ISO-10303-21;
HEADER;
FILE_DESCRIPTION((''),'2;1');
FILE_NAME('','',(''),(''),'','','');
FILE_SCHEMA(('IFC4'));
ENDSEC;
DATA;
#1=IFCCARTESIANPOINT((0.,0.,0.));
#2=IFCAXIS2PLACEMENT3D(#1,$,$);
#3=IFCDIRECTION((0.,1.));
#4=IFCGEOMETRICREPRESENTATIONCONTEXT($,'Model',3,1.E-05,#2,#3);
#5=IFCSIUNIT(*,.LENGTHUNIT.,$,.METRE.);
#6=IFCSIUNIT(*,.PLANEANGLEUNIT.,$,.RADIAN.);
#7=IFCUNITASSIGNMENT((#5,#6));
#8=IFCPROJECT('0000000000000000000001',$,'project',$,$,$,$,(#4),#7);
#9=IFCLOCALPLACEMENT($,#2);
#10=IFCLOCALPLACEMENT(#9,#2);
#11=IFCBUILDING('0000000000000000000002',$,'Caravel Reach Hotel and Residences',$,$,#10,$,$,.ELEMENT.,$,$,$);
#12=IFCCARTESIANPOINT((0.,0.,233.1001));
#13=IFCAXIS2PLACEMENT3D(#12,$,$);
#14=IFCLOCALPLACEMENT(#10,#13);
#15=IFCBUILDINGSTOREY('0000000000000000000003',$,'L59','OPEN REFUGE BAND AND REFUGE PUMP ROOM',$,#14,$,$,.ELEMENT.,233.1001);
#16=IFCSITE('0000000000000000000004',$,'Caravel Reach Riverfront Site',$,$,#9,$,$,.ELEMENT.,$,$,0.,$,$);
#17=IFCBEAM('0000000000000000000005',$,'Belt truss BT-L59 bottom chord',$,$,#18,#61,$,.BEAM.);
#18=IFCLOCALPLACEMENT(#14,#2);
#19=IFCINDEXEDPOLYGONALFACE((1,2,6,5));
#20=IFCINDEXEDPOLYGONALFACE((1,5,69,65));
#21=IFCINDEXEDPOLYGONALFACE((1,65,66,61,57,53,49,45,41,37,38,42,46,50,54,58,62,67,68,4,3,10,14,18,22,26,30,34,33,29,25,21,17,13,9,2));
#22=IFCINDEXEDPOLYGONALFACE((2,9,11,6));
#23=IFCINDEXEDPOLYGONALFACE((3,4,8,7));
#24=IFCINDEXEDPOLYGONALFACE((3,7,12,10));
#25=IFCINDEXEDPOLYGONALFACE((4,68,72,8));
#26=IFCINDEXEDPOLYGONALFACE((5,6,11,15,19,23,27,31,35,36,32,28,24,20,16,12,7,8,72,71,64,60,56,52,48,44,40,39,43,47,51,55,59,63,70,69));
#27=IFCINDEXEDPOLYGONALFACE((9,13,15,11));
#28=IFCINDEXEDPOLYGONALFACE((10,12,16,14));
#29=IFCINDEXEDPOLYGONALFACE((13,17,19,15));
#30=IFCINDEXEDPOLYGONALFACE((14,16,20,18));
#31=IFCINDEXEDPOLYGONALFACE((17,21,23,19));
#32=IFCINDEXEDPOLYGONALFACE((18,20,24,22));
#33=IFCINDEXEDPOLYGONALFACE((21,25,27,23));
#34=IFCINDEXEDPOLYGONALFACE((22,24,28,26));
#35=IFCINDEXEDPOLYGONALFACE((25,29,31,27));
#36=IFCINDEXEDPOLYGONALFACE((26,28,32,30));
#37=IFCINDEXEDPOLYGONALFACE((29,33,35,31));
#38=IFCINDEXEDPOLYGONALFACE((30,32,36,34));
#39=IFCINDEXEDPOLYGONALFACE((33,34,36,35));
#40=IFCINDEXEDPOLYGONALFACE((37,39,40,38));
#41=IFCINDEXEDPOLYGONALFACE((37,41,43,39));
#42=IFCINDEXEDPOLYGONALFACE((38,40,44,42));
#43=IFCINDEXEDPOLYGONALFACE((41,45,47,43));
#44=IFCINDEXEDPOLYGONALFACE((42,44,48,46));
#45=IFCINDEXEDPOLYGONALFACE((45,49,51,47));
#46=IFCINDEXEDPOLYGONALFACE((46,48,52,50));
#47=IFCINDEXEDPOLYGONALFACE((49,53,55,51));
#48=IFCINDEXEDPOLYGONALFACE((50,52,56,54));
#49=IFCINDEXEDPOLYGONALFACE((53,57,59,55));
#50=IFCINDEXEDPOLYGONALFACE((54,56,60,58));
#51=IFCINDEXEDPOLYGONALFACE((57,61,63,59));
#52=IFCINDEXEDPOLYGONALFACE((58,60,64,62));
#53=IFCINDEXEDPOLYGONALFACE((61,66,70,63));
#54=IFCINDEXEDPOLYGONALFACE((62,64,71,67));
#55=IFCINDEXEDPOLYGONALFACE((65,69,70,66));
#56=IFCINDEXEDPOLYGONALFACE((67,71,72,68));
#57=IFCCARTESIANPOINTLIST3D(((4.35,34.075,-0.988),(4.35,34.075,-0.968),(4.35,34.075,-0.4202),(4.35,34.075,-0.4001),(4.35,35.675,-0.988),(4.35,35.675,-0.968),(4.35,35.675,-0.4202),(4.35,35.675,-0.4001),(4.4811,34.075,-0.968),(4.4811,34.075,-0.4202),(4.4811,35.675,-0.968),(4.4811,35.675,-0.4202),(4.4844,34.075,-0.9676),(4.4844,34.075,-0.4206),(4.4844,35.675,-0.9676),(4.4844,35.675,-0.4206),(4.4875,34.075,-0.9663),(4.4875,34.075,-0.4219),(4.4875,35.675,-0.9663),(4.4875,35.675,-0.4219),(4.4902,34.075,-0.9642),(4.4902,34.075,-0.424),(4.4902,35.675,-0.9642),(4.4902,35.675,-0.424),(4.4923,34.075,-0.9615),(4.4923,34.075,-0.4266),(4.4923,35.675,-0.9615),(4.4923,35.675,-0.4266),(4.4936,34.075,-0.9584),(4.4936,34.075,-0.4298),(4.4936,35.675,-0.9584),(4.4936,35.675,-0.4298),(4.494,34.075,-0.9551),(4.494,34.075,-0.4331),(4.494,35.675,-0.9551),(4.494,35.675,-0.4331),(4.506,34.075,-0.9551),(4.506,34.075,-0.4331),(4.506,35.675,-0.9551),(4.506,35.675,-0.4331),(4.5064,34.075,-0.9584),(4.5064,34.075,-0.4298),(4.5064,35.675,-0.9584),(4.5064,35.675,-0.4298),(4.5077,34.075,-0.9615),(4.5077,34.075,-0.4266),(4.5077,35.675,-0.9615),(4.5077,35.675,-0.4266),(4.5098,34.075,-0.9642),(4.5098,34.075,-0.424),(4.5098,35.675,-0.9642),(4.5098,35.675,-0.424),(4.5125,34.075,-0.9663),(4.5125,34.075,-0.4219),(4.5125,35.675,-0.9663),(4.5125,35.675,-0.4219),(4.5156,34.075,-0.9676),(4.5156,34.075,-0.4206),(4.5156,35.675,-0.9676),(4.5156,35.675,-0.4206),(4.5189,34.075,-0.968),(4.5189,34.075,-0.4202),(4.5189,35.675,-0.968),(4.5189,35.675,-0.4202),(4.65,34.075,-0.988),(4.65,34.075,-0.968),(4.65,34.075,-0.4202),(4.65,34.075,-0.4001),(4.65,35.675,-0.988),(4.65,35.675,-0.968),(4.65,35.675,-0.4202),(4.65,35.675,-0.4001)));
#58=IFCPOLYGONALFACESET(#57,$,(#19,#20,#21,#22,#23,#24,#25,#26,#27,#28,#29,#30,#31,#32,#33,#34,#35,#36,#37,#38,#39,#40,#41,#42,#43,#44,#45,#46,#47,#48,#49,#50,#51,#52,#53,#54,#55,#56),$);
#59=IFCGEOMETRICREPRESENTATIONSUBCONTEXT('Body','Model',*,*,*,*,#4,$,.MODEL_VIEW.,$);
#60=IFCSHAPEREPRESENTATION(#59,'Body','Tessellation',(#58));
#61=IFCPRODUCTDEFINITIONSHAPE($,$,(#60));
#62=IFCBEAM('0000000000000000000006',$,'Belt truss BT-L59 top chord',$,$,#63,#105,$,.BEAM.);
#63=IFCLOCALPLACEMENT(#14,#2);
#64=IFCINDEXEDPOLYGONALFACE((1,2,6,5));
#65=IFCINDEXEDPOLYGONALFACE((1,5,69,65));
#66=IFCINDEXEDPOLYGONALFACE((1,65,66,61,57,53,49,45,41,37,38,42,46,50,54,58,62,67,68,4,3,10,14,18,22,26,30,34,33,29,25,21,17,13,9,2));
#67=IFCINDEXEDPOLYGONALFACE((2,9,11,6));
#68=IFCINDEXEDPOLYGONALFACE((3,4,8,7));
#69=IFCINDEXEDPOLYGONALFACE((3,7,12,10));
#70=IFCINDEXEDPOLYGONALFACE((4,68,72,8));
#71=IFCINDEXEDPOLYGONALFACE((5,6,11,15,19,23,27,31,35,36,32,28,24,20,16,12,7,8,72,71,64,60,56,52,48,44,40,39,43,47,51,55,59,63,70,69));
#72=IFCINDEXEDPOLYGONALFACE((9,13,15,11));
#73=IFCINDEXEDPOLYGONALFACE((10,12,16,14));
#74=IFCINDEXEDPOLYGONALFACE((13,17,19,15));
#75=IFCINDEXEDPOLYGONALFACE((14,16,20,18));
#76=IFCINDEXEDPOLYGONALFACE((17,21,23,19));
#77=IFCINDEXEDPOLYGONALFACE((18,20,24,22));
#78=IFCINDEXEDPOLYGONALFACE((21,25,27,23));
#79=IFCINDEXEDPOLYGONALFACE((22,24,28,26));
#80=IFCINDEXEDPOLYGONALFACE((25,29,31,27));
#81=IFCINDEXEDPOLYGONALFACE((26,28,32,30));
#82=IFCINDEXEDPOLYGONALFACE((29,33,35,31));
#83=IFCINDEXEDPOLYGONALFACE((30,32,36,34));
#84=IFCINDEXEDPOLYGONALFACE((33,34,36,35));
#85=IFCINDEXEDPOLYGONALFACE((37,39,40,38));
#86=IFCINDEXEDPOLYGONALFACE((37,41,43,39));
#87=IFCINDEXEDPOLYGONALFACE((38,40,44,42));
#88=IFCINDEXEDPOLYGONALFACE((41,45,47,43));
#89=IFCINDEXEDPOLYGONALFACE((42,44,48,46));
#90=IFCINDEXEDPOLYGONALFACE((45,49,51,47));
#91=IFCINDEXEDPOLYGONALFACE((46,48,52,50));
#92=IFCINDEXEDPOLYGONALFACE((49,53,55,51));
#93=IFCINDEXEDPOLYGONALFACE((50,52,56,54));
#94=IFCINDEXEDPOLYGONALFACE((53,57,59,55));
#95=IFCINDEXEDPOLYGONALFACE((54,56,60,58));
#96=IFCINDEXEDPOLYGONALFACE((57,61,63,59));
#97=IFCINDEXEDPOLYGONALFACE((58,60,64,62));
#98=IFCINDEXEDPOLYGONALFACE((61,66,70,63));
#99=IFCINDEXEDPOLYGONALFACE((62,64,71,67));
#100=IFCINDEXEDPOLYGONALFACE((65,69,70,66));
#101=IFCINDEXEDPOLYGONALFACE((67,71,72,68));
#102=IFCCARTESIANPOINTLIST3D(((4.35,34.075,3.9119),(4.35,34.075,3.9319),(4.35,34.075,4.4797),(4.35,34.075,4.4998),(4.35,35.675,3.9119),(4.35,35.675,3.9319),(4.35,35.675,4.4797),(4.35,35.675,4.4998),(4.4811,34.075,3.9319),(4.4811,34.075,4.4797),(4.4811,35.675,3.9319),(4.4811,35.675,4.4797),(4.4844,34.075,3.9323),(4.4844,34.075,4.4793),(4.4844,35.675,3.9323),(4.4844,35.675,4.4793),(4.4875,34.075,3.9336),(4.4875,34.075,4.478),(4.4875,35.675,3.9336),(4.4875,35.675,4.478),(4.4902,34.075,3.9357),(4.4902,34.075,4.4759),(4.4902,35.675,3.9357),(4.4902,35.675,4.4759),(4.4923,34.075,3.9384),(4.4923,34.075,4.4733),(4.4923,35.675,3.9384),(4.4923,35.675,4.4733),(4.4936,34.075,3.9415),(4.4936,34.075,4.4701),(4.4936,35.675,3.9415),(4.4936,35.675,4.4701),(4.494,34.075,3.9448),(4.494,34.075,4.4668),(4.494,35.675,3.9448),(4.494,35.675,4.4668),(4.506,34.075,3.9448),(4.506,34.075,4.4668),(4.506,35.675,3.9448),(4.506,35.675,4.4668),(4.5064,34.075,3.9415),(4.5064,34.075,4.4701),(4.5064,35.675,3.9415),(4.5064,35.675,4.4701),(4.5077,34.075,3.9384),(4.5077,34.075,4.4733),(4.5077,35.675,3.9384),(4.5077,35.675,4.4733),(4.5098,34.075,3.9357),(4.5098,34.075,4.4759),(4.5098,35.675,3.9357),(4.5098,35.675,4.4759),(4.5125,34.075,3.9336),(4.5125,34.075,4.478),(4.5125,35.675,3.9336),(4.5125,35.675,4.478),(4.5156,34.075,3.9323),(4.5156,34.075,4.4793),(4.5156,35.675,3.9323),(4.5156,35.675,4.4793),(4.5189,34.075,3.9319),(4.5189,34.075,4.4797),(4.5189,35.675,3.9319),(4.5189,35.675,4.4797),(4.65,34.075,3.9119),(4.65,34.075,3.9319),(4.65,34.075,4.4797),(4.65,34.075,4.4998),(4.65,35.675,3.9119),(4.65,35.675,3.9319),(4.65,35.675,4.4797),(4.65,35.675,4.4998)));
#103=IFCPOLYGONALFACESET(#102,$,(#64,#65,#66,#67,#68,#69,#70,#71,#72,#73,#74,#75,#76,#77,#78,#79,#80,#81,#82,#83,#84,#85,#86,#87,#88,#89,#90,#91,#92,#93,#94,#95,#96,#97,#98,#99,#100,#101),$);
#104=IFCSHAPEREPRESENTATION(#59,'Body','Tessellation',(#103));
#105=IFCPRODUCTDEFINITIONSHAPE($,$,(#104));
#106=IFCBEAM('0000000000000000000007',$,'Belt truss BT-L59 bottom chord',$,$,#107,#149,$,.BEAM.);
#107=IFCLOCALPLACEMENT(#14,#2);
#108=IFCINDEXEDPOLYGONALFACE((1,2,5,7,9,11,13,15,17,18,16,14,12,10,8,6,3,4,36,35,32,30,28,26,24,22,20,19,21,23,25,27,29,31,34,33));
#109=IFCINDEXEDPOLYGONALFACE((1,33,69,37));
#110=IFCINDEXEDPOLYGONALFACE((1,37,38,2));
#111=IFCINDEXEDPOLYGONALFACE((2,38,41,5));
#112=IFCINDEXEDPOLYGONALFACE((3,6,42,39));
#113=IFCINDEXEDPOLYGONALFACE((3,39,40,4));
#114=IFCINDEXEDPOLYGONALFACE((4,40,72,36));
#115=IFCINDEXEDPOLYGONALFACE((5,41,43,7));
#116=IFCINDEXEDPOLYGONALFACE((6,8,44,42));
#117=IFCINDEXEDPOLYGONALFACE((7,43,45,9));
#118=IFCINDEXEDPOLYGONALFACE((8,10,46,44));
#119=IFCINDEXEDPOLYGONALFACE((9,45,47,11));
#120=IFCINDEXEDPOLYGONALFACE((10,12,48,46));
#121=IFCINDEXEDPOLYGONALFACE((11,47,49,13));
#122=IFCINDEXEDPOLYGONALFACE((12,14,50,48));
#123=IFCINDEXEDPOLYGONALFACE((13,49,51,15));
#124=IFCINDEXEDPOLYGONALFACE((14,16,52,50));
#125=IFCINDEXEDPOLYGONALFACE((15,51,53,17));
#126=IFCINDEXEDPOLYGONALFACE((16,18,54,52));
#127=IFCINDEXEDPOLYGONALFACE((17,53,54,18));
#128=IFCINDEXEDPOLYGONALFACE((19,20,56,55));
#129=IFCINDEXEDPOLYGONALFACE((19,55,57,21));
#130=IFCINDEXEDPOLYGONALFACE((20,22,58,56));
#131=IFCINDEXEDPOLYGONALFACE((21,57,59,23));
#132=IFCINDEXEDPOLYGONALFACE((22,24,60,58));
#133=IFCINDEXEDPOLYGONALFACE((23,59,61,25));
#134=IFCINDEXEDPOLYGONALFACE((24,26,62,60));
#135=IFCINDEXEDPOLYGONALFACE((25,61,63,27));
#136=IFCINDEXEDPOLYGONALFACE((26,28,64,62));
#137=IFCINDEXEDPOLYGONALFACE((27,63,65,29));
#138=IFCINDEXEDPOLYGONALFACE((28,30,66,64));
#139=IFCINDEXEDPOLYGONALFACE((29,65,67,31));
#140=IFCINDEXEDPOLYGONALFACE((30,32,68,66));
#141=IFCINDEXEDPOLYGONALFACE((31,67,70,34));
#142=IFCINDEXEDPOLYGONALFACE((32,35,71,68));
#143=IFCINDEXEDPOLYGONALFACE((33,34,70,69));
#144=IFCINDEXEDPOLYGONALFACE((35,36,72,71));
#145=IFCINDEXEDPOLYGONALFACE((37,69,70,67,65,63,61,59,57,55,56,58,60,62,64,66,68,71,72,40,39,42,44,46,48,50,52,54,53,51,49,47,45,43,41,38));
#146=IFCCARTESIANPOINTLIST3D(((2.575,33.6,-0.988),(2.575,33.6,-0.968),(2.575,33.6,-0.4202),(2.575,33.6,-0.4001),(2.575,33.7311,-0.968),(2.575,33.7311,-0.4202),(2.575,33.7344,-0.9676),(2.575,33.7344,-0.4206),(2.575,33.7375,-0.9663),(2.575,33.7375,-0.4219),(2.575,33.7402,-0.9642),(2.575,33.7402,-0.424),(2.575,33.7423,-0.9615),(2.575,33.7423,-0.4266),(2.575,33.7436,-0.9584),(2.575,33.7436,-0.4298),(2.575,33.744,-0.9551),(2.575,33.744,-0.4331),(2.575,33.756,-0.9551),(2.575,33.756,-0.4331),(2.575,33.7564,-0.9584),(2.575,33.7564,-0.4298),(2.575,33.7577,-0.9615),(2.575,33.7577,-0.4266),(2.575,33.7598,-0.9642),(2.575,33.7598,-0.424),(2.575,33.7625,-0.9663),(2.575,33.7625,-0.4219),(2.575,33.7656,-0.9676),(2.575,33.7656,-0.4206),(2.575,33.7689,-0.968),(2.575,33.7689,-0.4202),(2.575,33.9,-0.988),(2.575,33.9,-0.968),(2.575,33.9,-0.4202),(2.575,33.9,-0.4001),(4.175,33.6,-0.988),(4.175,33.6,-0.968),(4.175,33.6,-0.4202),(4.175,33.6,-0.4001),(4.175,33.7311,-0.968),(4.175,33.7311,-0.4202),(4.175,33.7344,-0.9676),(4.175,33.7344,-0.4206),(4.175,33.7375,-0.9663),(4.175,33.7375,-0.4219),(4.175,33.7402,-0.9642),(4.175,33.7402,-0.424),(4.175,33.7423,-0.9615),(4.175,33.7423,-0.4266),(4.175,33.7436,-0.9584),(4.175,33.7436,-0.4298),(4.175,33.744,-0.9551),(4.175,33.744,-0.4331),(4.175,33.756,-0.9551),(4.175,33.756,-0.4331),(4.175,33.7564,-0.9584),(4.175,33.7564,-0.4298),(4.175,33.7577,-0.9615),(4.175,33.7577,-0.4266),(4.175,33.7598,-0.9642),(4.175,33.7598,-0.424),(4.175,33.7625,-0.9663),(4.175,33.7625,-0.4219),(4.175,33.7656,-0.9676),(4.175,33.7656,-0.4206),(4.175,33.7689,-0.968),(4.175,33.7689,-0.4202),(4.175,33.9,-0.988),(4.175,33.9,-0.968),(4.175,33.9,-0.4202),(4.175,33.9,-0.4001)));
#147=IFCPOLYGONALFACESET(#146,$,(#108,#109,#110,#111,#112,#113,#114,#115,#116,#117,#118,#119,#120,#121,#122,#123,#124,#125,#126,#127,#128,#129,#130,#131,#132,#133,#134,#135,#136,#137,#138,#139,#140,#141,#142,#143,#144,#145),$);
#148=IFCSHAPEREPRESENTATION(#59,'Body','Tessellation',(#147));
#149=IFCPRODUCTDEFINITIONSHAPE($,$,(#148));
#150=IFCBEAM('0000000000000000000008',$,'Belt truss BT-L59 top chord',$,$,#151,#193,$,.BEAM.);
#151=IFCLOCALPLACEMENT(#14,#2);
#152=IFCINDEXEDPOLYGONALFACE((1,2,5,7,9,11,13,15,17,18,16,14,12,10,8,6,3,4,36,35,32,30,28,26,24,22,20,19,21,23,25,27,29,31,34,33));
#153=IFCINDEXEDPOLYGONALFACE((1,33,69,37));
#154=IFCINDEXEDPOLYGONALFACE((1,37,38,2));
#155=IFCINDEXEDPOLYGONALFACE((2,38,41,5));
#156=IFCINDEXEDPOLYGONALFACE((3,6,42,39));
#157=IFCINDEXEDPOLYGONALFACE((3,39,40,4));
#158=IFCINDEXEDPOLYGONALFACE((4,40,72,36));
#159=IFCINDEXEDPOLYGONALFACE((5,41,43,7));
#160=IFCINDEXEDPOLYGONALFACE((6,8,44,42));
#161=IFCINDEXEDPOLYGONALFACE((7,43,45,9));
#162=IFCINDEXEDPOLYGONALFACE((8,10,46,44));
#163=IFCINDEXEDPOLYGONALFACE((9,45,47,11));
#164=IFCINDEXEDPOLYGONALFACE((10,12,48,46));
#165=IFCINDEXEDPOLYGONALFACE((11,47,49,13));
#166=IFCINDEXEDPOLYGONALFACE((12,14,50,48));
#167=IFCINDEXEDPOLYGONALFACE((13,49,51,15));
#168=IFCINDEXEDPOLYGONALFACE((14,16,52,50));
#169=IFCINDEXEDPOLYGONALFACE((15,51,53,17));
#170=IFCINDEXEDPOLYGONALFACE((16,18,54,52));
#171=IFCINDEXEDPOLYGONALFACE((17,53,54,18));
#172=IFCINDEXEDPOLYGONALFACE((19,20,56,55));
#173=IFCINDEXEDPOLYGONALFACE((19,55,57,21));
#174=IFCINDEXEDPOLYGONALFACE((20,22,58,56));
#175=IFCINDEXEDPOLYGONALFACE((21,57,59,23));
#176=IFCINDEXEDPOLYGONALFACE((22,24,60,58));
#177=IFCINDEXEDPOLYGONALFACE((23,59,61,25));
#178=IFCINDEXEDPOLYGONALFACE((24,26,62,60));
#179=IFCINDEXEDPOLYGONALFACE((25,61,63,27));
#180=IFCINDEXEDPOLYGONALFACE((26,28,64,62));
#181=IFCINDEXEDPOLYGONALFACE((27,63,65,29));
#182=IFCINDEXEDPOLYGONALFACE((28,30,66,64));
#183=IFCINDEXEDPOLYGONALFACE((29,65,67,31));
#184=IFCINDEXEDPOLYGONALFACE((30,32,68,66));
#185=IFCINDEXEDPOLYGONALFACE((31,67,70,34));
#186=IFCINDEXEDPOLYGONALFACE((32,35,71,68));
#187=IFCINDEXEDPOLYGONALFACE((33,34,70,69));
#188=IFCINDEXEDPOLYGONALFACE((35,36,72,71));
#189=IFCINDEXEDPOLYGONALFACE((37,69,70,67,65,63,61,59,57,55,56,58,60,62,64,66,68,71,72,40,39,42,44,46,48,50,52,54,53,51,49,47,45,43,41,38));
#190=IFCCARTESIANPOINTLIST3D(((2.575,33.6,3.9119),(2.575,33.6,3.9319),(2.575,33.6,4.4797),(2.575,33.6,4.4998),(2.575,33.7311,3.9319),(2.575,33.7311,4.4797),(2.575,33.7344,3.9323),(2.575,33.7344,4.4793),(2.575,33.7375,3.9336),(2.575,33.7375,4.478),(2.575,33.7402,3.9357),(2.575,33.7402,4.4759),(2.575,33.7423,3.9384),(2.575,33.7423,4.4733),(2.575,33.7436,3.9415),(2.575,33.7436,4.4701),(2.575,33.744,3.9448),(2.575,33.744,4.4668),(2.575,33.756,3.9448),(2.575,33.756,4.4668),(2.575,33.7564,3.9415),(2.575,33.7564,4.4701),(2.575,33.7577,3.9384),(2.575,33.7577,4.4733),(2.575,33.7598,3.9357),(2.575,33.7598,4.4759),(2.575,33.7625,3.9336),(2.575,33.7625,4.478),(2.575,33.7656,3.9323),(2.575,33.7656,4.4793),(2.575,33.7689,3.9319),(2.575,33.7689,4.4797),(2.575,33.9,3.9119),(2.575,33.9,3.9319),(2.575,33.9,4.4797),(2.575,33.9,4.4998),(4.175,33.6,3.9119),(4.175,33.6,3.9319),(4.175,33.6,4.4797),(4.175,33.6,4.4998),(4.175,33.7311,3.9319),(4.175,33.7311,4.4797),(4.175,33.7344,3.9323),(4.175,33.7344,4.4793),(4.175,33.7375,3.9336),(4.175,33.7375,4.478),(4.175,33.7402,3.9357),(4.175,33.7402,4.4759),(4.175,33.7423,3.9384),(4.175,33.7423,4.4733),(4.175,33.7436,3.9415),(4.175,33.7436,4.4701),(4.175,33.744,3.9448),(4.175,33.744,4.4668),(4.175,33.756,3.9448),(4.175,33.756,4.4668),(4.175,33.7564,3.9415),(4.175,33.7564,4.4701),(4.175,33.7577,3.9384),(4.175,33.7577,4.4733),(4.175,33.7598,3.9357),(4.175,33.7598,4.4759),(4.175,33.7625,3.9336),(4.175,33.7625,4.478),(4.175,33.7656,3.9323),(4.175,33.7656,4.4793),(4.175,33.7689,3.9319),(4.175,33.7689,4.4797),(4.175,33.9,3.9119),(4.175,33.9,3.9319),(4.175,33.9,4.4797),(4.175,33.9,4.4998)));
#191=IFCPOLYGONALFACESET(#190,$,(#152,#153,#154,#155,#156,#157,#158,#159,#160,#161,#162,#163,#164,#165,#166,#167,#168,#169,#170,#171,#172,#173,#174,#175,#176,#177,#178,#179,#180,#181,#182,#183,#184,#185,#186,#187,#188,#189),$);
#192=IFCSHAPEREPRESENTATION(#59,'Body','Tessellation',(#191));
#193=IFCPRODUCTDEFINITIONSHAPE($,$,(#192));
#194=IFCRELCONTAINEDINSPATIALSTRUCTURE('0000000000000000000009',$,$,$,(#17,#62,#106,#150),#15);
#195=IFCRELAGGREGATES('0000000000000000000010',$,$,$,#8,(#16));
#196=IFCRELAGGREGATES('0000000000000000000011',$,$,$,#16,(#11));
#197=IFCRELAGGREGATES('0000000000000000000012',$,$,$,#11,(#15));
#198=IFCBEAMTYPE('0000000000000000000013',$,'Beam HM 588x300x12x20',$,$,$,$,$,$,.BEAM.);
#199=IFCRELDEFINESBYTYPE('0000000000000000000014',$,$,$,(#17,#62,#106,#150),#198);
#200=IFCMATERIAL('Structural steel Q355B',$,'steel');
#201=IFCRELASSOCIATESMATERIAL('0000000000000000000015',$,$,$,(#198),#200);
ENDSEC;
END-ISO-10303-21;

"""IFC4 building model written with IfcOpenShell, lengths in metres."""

from ifc_helpers import new_model, si_unit, direction, frame, origin, origin_2d, place, context, subcontext, project, spatial, i_section, extrude, material, material_profile, profile_set, type_object, element, save


model = new_model("IFC4")

# Units and contexts
model_context = context("Model", 3, precision=1e-05, world=origin(), true_north=direction((0.0, 1.0)))
body_context = subcontext(model_context, "Body", "Model", "MODEL_VIEW")
ifc_project = project(units=[si_unit("LENGTHUNIT", "METRE"), si_unit("PLANEANGLEUNIT", "RADIAN")], contexts=[model_context])

# Site, building, storey
site_placement = place(None, origin())
site = spatial("IfcSite", under=ifc_project, at=site_placement, Name="Caravel Reach Riverfront Site", CompositionType="ELEMENT", RefElevation=0.0)
building_placement = place(site_placement, origin())
building = spatial("IfcBuilding", under=site, at=building_placement, Name="Caravel Reach Hotel and Residences", CompositionType="ELEMENT")
storey_placement = place(building_placement, frame((0.0, 0.0, 233.1001)))
storey = spatial("IfcBuildingStorey", under=building, at=storey_placement, Name="L59", Description="OPEN REFUGE BAND AND REFUGE PUMP ROOM", CompositionType="ELEMENT", Elevation=233.1001)

# Beams
ifc_material_1 = material(Name="Structural steel Q355B", Category="steel")
ifc_material_profile_1 = material_profile(ifc_material_1, i_section(OverallWidth=0.3, OverallDepth=0.5879, WebThickness=0.012, FlangeThickness=0.02, FilletRadius=0.0129, at=origin_2d()), Name="HM 588x300x12x20")
ifc_profile_set_1 = profile_set([ifc_material_profile_1], Name="Structural steel Q355B")
beam_type = type_object("IfcBeamType", Name="Beam HM 588x300x12x20", PredefinedType="BEAM", material=ifc_profile_set_1)
for number, where, z_axis, x_axis, name in (
    (1, (4.5, 35.675, -0.6941), (0.0, -1.0, 0.0), (1.0, 0.0, 0.0), "Belt truss BT-L59 bottom chord"),
    (2, (4.5, 35.675, 4.2058), (0.0, -1.0, 0.0), (1.0, 0.0, 0.0), "Belt truss BT-L59 top chord"),
    (3, (4.175, 33.75, -0.6941), (-1.0, 0.0, 0.0), (0.0, -1.0, 0.0), "Belt truss BT-L59 bottom chord"),
    (4, (4.175, 33.75, 4.2058), (-1.0, 0.0, 0.0), (0.0, -1.0, 0.0), "Belt truss BT-L59 top chord"),
):
    element("IfcBeam", number, at=place(storey_placement, frame(where, z_axis=z_axis, x_axis=x_axis)), inside=storey, type_object=beam_type, Name=name, PredefinedType="BEAM", context=body_context, shape_type="SweptSolid", body=[
        extrude(i_section(OverallWidth=0.3, OverallDepth=0.5879, WebThickness=0.012, FlangeThickness=0.02, FilletRadius=0.0129, at=origin_2d()), origin(), (0.0, 0.0, 1.0), 1.6001),
    ])

save(model, "model.ifc")
